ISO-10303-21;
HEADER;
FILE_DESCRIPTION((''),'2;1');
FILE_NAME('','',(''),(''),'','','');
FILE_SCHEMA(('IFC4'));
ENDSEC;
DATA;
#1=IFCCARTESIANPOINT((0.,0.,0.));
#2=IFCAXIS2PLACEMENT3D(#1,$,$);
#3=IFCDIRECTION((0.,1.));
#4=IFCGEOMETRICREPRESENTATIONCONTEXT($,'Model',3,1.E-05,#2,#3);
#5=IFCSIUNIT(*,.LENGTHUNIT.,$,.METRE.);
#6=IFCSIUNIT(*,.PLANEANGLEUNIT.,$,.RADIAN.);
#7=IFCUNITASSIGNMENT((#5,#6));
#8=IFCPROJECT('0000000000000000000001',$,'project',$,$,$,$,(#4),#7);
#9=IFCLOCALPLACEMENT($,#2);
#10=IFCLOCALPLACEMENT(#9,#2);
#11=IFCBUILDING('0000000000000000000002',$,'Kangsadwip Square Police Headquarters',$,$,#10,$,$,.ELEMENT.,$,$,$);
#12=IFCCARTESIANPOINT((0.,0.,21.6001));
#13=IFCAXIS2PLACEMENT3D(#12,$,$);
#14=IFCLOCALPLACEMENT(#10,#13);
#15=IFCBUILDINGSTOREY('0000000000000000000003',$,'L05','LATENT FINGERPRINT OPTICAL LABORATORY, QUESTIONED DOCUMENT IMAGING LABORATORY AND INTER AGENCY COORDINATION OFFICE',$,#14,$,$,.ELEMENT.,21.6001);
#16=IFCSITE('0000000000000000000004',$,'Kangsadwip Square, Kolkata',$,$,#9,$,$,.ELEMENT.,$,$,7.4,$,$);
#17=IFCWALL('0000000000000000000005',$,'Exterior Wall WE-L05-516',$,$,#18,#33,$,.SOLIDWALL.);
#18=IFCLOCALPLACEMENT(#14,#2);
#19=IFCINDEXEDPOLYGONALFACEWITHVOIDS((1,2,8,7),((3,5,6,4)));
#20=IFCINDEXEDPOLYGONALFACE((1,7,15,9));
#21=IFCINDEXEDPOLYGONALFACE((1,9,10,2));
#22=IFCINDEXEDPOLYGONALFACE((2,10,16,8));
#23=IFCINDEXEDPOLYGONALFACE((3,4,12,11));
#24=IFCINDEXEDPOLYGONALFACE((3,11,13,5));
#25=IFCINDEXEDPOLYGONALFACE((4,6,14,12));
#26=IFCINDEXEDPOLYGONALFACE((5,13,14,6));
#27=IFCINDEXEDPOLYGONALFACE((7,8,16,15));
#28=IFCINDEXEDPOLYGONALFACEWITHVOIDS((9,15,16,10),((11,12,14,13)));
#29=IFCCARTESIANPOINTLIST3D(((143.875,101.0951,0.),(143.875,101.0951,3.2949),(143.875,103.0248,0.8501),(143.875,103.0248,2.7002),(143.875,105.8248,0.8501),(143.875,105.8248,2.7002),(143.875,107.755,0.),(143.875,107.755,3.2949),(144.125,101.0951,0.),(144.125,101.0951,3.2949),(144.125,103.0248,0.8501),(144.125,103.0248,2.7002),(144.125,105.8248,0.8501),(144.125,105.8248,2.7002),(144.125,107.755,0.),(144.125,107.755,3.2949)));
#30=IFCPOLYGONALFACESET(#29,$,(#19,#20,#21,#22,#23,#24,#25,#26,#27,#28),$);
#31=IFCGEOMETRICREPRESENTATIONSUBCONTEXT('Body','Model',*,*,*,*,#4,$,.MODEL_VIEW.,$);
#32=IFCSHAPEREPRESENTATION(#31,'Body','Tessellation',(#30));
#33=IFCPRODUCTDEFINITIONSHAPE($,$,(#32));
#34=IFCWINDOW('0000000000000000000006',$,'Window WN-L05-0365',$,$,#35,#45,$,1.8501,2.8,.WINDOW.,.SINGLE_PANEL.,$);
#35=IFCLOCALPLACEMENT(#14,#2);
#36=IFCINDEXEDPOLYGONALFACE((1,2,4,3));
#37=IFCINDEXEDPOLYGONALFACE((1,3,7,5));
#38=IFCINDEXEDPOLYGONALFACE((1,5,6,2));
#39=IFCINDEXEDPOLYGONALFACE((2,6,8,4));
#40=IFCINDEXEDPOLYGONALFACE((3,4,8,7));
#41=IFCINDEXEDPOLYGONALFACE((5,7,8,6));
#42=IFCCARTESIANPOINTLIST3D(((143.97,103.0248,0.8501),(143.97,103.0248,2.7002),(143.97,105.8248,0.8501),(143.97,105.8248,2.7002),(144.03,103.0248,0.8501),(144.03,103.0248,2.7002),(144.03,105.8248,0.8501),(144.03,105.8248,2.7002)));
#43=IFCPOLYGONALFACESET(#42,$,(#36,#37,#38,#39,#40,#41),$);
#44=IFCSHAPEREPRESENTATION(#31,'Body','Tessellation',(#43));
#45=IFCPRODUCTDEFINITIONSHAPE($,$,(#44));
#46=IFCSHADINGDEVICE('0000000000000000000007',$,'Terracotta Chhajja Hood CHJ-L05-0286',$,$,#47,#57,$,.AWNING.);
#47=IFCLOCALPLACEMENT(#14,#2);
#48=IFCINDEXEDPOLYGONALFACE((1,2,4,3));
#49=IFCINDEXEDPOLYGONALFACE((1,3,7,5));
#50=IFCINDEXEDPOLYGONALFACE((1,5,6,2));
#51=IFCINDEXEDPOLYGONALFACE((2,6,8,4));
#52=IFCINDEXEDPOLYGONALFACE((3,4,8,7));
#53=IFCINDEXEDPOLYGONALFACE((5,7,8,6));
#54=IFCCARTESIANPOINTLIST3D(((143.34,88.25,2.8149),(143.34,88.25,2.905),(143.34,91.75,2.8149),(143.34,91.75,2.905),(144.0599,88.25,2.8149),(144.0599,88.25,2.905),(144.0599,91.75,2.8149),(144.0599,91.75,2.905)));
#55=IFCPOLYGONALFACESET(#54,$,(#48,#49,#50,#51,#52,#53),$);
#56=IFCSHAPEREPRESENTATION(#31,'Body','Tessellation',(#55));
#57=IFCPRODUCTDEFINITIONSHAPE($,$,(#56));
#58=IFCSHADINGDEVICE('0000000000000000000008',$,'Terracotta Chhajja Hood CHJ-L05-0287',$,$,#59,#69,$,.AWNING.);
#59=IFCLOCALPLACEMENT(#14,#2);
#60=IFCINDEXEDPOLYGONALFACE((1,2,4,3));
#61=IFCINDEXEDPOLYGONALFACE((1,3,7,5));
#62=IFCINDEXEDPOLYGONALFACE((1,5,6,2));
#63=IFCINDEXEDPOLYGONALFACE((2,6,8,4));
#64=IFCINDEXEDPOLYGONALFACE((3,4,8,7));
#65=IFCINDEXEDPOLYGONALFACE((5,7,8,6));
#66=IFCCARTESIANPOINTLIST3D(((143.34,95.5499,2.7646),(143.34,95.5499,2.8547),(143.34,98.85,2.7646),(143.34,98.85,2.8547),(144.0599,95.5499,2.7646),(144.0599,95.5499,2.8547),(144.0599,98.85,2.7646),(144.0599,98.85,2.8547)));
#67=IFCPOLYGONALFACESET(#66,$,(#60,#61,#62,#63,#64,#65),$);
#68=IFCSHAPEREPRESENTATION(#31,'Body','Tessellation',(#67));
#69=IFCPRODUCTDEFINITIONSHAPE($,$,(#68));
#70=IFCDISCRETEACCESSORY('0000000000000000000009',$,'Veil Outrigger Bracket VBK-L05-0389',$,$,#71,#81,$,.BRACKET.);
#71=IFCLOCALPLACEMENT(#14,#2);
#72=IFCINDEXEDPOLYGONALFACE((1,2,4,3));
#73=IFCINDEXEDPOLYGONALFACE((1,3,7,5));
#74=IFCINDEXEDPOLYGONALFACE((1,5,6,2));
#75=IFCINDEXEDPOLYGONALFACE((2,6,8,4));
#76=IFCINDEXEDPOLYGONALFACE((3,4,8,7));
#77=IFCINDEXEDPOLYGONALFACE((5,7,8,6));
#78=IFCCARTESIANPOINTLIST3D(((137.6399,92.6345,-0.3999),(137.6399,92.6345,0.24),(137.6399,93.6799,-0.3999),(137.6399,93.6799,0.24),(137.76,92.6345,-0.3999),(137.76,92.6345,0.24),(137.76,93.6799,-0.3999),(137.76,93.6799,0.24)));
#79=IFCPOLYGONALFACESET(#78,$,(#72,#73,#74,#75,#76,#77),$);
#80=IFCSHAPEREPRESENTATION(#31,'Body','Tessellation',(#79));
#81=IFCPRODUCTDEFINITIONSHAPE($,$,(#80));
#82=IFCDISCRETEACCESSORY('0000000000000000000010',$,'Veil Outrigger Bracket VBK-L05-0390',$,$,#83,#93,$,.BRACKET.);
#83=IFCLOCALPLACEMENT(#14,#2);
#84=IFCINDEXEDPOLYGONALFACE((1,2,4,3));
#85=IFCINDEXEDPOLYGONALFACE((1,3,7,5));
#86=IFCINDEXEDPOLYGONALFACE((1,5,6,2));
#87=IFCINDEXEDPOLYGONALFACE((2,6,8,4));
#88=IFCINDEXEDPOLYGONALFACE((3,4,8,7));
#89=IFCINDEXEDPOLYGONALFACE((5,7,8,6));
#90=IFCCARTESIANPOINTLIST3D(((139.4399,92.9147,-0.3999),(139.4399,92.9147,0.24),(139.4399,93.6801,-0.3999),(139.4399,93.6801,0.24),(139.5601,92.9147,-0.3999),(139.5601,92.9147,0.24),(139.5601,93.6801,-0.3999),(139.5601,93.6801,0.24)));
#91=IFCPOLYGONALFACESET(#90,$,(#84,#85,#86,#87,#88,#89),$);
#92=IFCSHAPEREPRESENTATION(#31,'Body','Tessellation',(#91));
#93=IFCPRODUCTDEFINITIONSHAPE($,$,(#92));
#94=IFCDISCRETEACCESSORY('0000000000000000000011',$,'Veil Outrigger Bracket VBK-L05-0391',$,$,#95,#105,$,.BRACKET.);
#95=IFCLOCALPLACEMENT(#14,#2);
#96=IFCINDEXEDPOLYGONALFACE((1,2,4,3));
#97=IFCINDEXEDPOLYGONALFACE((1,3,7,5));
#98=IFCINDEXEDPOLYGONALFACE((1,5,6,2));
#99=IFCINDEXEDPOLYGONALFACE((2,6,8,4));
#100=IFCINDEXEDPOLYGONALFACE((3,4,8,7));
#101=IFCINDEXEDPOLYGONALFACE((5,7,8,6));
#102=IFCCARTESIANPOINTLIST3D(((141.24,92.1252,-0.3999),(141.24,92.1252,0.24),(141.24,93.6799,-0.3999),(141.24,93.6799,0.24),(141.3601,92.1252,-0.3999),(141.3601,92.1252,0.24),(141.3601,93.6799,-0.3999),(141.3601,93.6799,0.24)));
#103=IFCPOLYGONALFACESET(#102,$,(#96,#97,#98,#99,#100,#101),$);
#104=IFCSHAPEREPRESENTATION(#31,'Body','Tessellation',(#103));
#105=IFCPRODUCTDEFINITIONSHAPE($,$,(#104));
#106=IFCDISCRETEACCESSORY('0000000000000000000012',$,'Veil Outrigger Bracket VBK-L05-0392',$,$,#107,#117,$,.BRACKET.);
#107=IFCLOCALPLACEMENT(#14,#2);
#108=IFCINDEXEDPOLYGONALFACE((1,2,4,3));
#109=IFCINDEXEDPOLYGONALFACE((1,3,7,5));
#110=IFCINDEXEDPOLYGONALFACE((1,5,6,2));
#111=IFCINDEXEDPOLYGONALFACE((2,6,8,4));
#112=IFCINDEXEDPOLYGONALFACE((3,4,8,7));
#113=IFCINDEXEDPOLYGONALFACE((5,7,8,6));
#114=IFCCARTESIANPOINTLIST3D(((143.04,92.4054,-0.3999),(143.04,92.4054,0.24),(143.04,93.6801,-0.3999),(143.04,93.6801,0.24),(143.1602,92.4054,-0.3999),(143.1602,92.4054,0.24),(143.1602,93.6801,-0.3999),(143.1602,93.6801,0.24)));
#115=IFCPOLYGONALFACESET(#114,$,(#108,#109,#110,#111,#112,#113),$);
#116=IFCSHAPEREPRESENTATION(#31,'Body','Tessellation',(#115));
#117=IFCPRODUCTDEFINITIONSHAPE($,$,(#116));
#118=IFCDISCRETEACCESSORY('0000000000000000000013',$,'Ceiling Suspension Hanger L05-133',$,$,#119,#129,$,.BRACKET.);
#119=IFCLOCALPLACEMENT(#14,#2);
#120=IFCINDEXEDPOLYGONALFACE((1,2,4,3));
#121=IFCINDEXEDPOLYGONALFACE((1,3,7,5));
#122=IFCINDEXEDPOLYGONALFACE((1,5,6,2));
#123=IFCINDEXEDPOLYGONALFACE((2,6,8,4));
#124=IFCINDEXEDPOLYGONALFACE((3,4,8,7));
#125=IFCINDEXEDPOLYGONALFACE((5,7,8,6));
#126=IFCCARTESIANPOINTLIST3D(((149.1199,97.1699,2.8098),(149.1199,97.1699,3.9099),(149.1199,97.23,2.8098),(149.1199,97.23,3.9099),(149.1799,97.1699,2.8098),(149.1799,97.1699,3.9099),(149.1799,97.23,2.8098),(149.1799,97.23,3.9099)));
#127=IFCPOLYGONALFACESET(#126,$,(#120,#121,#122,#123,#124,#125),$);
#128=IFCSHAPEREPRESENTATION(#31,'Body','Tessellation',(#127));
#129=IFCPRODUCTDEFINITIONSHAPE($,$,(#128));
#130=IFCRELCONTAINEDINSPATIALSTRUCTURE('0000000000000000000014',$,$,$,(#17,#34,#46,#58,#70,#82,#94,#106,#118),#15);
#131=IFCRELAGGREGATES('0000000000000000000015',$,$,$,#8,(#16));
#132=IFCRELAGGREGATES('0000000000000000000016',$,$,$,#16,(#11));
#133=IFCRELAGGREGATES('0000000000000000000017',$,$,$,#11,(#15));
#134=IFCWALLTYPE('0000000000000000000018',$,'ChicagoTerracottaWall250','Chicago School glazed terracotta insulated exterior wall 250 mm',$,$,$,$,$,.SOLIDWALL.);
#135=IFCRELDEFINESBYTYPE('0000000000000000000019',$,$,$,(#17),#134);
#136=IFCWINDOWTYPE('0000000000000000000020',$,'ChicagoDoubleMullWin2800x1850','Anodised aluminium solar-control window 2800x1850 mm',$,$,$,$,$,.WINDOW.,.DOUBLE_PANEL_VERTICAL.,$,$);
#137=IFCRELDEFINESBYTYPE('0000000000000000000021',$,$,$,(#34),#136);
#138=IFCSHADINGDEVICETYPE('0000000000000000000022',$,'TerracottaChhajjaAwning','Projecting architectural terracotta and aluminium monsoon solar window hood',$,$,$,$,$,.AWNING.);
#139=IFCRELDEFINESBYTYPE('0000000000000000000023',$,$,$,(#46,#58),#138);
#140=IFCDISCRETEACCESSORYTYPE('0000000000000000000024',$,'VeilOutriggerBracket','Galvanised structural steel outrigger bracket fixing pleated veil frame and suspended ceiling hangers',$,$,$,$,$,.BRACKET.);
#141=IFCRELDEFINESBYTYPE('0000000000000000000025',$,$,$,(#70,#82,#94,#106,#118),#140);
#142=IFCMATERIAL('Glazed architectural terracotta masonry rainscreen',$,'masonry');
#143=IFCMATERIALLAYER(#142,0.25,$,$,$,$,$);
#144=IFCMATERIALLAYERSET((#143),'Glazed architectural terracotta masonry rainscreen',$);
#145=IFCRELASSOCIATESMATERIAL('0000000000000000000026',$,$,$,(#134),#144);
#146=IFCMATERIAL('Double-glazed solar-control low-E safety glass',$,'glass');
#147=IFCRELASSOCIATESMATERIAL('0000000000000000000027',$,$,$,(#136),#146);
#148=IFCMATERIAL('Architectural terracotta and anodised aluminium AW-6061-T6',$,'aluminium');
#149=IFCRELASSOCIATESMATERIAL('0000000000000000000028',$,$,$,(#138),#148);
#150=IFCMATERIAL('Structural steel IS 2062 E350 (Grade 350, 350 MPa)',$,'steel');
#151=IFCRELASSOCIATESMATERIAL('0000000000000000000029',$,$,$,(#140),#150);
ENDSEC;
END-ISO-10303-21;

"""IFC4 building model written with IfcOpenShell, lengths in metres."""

from ifc_helpers import new_model, si_unit, direction, frame, frame_2d, origin, origin_2d, place, context, subcontext, project, spatial, rectangle, extrude, material, layer, layer_set, type_object, element, fill, save


model = new_model("IFC4")

# Units and contexts
model_context = context("Model", 3, precision=1e-05, world=origin(), true_north=direction((0.0, 1.0)))
body_context = subcontext(model_context, "Body", "Model", "MODEL_VIEW")
ifc_project = project(units=[si_unit("LENGTHUNIT", "METRE"), si_unit("PLANEANGLEUNIT", "RADIAN")], contexts=[model_context])

# Site, building, storey
site_placement = place(None, origin())
site = spatial("IfcSite", under=ifc_project, at=site_placement, Name="Kangsadwip Square, Kolkata", CompositionType="ELEMENT", RefElevation=7.4)
building_placement = place(site_placement, origin())
building = spatial("IfcBuilding", under=site, at=building_placement, Name="Kangsadwip Square Police Headquarters", CompositionType="ELEMENT")
storey_placement = place(building_placement, frame((0.0, 0.0, 21.6001)))
storey = spatial("IfcBuildingStorey", under=building, at=storey_placement, Name="L05", Description="LATENT FINGERPRINT OPTICAL LABORATORY, QUESTIONED DOCUMENT IMAGING LABORATORY AND INTER AGENCY COORDINATION OFFICE", CompositionType="ELEMENT", Elevation=21.6001)

# Wall, opening, window
ifc_material_1 = material(Name="Glazed architectural terracotta masonry rainscreen", Category="masonry")
ifc_layer_1 = layer(ifc_material_1, 0.25)
ifc_layer_set_1 = layer_set([ifc_layer_1], Name="Glazed architectural terracotta masonry rainscreen")
wall_type_1 = type_object("IfcWallType", Name="ChicagoTerracottaWall250", Description="Chicago School glazed terracotta insulated exterior wall 250 mm", PredefinedType="SOLIDWALL", material=ifc_layer_set_1)
wall_1_placement = place(storey_placement, frame((144.0, 101.095, 0.0), z_axis=(0.0, 0.0, 1.0), x_axis=(0.0, 1.0, 0.0)))
wall_1 = element("IfcWall", 1, at=wall_1_placement, inside=storey, type_object=wall_type_1, Name="Exterior Wall WE-L05-516", PredefinedType="SOLIDWALL", context=body_context, shape_type="SweptSolid", body=[
    extrude(rectangle(XDim=6.6599, YDim=0.25, at=frame_2d((3.3301, 0.0))), origin(), (0.0, 0.0, 1.0), 3.2949),
])
opening_1_placement = place(wall_1_placement, frame((1.9299, 0.0, 0.8501)))
opening_1 = element("IfcOpeningElement", 2, at=opening_1_placement, cuts=wall_1, PredefinedType="OPENING", context=body_context, shape_type="SweptSolid", body=[
    extrude(rectangle(XDim=2.8, YDim=1.8501, at=frame_2d((1.3999, 0.925))), frame((0.0, 0.135, 0.0), z_axis=(0.0, -1.0, 0.0), x_axis=(1.0, 0.0, 0.0)), (0.0, 0.0, 1.0), 0.27),
])
ifc_material_2 = material(Name="Double-glazed solar-control low-E safety glass", Category="glass")
window_type_1 = type_object("IfcWindowType", Name="ChicagoDoubleMullWin2800x1850", Description="Anodised aluminium solar-control window 2800x1850 mm", PartitioningType="DOUBLE_PANEL_VERTICAL", PredefinedType="WINDOW", material=ifc_material_2)
window_1_placement = place(opening_1_placement, origin())
window_1 = element("IfcWindow", 3, at=window_1_placement, inside=storey, type_object=window_type_1, Name="Window WN-L05-0365", OverallHeight=1.8501, OverallWidth=2.8, PartitioningType="SINGLE_PANEL", PredefinedType="WINDOW", context=body_context, shape_type="SweptSolid", body=[
    extrude(rectangle(XDim=2.8, YDim=1.8501, at=frame_2d((1.3999, 0.925))), frame((0.0, 0.03, 0.0), z_axis=(0.0, -1.0, 0.0), x_axis=(1.0, 0.0, 0.0)), (0.0, 0.0, 1.0), 0.0601),
])
fill(opening_1, window_1)

# Shading devices
ifc_material_3 = material(Name="Architectural terracotta and anodised aluminium AW-6061-T6", Category="aluminium")
shading_device_type = type_object("IfcShadingDeviceType", Name="TerracottaChhajjaAwning", Description="Projecting architectural terracotta and aluminium monsoon solar window hood", PredefinedType="AWNING", material=ifc_material_3)
shading_device_1_placement = place(storey_placement, frame((143.7, 90.0, 2.8149), z_axis=(0.0, 0.0, 1.0), x_axis=(0.0, 1.0, 0.0)))
element("IfcShadingDevice", 4, at=shading_device_1_placement, inside=storey, type_object=shading_device_type, Name="Terracotta Chhajja Hood CHJ-L05-0286", PredefinedType="AWNING", context=body_context, shape_type="SweptSolid", body=[
    extrude(rectangle(XDim=3.5, YDim=0.72, at=origin_2d()), origin(), (0.0, 0.0, 1.0), 0.0901),
])
shading_device_2_placement = place(storey_placement, frame((143.7, 97.2, 2.7646), z_axis=(0.0, 0.0, 1.0), x_axis=(0.0, 1.0, 0.0)))
element("IfcShadingDevice", 5, at=shading_device_2_placement, inside=storey, type_object=shading_device_type, Name="Terracotta Chhajja Hood CHJ-L05-0287", PredefinedType="AWNING", context=body_context, shape_type="SweptSolid", body=[
    extrude(rectangle(XDim=3.3, YDim=0.72, at=origin_2d()), origin(), (0.0, 0.0, 1.0), 0.0901),
])

# Discrete accessories
ifc_material_4 = material(Name="Structural steel IS 2062 E350 (Grade 350, 350 MPa)", Category="steel")
discrete_accessory_type = type_object("IfcDiscreteAccessoryType", Name="VeilOutriggerBracket", Description="Galvanised structural steel outrigger bracket fixing pleated veil frame and suspended ceiling hangers", PredefinedType="BRACKET", material=ifc_material_4)
discrete_accessory_1_placement = place(storey_placement, frame((137.7, 93.1572, -0.3999), z_axis=(0.0, 0.0, 1.0), x_axis=(1.0, 0.0, 0.0)))
element("IfcDiscreteAccessory", 6, at=discrete_accessory_1_placement, inside=storey, type_object=discrete_accessory_type, Name="Veil Outrigger Bracket VBK-L05-0389", PredefinedType="BRACKET", context=body_context, shape_type="SweptSolid", body=[
    extrude(rectangle(XDim=0.1201, YDim=1.0454, at=origin_2d()), origin(), (0.0, 0.0, 1.0), 0.6399),
])
discrete_accessory_2_placement = place(storey_placement, frame((139.5, 93.2974, -0.3999), z_axis=(0.0, 0.0, 1.0), x_axis=(1.0, 0.0, 0.0)))
element("IfcDiscreteAccessory", 7, at=discrete_accessory_2_placement, inside=storey, type_object=discrete_accessory_type, Name="Veil Outrigger Bracket VBK-L05-0390", PredefinedType="BRACKET", context=body_context, shape_type="SweptSolid", body=[
    extrude(rectangle(XDim=0.1201, YDim=0.7654, at=origin_2d()), origin(), (0.0, 0.0, 1.0), 0.6399),
])
discrete_accessory_3_placement = place(storey_placement, frame((141.3, 92.9026, -0.3999), z_axis=(0.0, 0.0, 1.0), x_axis=(1.0, 0.0, 0.0)))
element("IfcDiscreteAccessory", 8, at=discrete_accessory_3_placement, inside=storey, type_object=discrete_accessory_type, Name="Veil Outrigger Bracket VBK-L05-0391", PredefinedType="BRACKET", context=body_context, shape_type="SweptSolid", body=[
    extrude(rectangle(XDim=0.1201, YDim=1.5547, at=origin_2d()), origin(), (0.0, 0.0, 1.0), 0.6399),
])
discrete_accessory_4_placement = place(storey_placement, frame((143.1001, 93.0427, -0.3999), z_axis=(0.0, 0.0, 1.0), x_axis=(1.0, 0.0, 0.0)))
element("IfcDiscreteAccessory", 9, at=discrete_accessory_4_placement, inside=storey, type_object=discrete_accessory_type, Name="Veil Outrigger Bracket VBK-L05-0392", PredefinedType="BRACKET", context=body_context, shape_type="SweptSolid", body=[
    extrude(rectangle(XDim=0.1201, YDim=1.2747, at=origin_2d()), origin(), (0.0, 0.0, 1.0), 0.6399),
])
discrete_accessory_5_placement = place(storey_placement, frame((149.1499, 97.2, 2.8098), z_axis=(0.0, 0.0, 1.0), x_axis=(1.0, 0.0, 0.0)))
element("IfcDiscreteAccessory", 10, at=discrete_accessory_5_placement, inside=storey, type_object=discrete_accessory_type, Name="Ceiling Suspension Hanger L05-133", PredefinedType="BRACKET", context=body_context, shape_type="SweptSolid", body=[
    extrude(rectangle(XDim=0.0601, YDim=0.0601, at=origin_2d()), origin(), (0.0, 0.0, 1.0), 1.1001),
])

save(model, "model.ifc")
